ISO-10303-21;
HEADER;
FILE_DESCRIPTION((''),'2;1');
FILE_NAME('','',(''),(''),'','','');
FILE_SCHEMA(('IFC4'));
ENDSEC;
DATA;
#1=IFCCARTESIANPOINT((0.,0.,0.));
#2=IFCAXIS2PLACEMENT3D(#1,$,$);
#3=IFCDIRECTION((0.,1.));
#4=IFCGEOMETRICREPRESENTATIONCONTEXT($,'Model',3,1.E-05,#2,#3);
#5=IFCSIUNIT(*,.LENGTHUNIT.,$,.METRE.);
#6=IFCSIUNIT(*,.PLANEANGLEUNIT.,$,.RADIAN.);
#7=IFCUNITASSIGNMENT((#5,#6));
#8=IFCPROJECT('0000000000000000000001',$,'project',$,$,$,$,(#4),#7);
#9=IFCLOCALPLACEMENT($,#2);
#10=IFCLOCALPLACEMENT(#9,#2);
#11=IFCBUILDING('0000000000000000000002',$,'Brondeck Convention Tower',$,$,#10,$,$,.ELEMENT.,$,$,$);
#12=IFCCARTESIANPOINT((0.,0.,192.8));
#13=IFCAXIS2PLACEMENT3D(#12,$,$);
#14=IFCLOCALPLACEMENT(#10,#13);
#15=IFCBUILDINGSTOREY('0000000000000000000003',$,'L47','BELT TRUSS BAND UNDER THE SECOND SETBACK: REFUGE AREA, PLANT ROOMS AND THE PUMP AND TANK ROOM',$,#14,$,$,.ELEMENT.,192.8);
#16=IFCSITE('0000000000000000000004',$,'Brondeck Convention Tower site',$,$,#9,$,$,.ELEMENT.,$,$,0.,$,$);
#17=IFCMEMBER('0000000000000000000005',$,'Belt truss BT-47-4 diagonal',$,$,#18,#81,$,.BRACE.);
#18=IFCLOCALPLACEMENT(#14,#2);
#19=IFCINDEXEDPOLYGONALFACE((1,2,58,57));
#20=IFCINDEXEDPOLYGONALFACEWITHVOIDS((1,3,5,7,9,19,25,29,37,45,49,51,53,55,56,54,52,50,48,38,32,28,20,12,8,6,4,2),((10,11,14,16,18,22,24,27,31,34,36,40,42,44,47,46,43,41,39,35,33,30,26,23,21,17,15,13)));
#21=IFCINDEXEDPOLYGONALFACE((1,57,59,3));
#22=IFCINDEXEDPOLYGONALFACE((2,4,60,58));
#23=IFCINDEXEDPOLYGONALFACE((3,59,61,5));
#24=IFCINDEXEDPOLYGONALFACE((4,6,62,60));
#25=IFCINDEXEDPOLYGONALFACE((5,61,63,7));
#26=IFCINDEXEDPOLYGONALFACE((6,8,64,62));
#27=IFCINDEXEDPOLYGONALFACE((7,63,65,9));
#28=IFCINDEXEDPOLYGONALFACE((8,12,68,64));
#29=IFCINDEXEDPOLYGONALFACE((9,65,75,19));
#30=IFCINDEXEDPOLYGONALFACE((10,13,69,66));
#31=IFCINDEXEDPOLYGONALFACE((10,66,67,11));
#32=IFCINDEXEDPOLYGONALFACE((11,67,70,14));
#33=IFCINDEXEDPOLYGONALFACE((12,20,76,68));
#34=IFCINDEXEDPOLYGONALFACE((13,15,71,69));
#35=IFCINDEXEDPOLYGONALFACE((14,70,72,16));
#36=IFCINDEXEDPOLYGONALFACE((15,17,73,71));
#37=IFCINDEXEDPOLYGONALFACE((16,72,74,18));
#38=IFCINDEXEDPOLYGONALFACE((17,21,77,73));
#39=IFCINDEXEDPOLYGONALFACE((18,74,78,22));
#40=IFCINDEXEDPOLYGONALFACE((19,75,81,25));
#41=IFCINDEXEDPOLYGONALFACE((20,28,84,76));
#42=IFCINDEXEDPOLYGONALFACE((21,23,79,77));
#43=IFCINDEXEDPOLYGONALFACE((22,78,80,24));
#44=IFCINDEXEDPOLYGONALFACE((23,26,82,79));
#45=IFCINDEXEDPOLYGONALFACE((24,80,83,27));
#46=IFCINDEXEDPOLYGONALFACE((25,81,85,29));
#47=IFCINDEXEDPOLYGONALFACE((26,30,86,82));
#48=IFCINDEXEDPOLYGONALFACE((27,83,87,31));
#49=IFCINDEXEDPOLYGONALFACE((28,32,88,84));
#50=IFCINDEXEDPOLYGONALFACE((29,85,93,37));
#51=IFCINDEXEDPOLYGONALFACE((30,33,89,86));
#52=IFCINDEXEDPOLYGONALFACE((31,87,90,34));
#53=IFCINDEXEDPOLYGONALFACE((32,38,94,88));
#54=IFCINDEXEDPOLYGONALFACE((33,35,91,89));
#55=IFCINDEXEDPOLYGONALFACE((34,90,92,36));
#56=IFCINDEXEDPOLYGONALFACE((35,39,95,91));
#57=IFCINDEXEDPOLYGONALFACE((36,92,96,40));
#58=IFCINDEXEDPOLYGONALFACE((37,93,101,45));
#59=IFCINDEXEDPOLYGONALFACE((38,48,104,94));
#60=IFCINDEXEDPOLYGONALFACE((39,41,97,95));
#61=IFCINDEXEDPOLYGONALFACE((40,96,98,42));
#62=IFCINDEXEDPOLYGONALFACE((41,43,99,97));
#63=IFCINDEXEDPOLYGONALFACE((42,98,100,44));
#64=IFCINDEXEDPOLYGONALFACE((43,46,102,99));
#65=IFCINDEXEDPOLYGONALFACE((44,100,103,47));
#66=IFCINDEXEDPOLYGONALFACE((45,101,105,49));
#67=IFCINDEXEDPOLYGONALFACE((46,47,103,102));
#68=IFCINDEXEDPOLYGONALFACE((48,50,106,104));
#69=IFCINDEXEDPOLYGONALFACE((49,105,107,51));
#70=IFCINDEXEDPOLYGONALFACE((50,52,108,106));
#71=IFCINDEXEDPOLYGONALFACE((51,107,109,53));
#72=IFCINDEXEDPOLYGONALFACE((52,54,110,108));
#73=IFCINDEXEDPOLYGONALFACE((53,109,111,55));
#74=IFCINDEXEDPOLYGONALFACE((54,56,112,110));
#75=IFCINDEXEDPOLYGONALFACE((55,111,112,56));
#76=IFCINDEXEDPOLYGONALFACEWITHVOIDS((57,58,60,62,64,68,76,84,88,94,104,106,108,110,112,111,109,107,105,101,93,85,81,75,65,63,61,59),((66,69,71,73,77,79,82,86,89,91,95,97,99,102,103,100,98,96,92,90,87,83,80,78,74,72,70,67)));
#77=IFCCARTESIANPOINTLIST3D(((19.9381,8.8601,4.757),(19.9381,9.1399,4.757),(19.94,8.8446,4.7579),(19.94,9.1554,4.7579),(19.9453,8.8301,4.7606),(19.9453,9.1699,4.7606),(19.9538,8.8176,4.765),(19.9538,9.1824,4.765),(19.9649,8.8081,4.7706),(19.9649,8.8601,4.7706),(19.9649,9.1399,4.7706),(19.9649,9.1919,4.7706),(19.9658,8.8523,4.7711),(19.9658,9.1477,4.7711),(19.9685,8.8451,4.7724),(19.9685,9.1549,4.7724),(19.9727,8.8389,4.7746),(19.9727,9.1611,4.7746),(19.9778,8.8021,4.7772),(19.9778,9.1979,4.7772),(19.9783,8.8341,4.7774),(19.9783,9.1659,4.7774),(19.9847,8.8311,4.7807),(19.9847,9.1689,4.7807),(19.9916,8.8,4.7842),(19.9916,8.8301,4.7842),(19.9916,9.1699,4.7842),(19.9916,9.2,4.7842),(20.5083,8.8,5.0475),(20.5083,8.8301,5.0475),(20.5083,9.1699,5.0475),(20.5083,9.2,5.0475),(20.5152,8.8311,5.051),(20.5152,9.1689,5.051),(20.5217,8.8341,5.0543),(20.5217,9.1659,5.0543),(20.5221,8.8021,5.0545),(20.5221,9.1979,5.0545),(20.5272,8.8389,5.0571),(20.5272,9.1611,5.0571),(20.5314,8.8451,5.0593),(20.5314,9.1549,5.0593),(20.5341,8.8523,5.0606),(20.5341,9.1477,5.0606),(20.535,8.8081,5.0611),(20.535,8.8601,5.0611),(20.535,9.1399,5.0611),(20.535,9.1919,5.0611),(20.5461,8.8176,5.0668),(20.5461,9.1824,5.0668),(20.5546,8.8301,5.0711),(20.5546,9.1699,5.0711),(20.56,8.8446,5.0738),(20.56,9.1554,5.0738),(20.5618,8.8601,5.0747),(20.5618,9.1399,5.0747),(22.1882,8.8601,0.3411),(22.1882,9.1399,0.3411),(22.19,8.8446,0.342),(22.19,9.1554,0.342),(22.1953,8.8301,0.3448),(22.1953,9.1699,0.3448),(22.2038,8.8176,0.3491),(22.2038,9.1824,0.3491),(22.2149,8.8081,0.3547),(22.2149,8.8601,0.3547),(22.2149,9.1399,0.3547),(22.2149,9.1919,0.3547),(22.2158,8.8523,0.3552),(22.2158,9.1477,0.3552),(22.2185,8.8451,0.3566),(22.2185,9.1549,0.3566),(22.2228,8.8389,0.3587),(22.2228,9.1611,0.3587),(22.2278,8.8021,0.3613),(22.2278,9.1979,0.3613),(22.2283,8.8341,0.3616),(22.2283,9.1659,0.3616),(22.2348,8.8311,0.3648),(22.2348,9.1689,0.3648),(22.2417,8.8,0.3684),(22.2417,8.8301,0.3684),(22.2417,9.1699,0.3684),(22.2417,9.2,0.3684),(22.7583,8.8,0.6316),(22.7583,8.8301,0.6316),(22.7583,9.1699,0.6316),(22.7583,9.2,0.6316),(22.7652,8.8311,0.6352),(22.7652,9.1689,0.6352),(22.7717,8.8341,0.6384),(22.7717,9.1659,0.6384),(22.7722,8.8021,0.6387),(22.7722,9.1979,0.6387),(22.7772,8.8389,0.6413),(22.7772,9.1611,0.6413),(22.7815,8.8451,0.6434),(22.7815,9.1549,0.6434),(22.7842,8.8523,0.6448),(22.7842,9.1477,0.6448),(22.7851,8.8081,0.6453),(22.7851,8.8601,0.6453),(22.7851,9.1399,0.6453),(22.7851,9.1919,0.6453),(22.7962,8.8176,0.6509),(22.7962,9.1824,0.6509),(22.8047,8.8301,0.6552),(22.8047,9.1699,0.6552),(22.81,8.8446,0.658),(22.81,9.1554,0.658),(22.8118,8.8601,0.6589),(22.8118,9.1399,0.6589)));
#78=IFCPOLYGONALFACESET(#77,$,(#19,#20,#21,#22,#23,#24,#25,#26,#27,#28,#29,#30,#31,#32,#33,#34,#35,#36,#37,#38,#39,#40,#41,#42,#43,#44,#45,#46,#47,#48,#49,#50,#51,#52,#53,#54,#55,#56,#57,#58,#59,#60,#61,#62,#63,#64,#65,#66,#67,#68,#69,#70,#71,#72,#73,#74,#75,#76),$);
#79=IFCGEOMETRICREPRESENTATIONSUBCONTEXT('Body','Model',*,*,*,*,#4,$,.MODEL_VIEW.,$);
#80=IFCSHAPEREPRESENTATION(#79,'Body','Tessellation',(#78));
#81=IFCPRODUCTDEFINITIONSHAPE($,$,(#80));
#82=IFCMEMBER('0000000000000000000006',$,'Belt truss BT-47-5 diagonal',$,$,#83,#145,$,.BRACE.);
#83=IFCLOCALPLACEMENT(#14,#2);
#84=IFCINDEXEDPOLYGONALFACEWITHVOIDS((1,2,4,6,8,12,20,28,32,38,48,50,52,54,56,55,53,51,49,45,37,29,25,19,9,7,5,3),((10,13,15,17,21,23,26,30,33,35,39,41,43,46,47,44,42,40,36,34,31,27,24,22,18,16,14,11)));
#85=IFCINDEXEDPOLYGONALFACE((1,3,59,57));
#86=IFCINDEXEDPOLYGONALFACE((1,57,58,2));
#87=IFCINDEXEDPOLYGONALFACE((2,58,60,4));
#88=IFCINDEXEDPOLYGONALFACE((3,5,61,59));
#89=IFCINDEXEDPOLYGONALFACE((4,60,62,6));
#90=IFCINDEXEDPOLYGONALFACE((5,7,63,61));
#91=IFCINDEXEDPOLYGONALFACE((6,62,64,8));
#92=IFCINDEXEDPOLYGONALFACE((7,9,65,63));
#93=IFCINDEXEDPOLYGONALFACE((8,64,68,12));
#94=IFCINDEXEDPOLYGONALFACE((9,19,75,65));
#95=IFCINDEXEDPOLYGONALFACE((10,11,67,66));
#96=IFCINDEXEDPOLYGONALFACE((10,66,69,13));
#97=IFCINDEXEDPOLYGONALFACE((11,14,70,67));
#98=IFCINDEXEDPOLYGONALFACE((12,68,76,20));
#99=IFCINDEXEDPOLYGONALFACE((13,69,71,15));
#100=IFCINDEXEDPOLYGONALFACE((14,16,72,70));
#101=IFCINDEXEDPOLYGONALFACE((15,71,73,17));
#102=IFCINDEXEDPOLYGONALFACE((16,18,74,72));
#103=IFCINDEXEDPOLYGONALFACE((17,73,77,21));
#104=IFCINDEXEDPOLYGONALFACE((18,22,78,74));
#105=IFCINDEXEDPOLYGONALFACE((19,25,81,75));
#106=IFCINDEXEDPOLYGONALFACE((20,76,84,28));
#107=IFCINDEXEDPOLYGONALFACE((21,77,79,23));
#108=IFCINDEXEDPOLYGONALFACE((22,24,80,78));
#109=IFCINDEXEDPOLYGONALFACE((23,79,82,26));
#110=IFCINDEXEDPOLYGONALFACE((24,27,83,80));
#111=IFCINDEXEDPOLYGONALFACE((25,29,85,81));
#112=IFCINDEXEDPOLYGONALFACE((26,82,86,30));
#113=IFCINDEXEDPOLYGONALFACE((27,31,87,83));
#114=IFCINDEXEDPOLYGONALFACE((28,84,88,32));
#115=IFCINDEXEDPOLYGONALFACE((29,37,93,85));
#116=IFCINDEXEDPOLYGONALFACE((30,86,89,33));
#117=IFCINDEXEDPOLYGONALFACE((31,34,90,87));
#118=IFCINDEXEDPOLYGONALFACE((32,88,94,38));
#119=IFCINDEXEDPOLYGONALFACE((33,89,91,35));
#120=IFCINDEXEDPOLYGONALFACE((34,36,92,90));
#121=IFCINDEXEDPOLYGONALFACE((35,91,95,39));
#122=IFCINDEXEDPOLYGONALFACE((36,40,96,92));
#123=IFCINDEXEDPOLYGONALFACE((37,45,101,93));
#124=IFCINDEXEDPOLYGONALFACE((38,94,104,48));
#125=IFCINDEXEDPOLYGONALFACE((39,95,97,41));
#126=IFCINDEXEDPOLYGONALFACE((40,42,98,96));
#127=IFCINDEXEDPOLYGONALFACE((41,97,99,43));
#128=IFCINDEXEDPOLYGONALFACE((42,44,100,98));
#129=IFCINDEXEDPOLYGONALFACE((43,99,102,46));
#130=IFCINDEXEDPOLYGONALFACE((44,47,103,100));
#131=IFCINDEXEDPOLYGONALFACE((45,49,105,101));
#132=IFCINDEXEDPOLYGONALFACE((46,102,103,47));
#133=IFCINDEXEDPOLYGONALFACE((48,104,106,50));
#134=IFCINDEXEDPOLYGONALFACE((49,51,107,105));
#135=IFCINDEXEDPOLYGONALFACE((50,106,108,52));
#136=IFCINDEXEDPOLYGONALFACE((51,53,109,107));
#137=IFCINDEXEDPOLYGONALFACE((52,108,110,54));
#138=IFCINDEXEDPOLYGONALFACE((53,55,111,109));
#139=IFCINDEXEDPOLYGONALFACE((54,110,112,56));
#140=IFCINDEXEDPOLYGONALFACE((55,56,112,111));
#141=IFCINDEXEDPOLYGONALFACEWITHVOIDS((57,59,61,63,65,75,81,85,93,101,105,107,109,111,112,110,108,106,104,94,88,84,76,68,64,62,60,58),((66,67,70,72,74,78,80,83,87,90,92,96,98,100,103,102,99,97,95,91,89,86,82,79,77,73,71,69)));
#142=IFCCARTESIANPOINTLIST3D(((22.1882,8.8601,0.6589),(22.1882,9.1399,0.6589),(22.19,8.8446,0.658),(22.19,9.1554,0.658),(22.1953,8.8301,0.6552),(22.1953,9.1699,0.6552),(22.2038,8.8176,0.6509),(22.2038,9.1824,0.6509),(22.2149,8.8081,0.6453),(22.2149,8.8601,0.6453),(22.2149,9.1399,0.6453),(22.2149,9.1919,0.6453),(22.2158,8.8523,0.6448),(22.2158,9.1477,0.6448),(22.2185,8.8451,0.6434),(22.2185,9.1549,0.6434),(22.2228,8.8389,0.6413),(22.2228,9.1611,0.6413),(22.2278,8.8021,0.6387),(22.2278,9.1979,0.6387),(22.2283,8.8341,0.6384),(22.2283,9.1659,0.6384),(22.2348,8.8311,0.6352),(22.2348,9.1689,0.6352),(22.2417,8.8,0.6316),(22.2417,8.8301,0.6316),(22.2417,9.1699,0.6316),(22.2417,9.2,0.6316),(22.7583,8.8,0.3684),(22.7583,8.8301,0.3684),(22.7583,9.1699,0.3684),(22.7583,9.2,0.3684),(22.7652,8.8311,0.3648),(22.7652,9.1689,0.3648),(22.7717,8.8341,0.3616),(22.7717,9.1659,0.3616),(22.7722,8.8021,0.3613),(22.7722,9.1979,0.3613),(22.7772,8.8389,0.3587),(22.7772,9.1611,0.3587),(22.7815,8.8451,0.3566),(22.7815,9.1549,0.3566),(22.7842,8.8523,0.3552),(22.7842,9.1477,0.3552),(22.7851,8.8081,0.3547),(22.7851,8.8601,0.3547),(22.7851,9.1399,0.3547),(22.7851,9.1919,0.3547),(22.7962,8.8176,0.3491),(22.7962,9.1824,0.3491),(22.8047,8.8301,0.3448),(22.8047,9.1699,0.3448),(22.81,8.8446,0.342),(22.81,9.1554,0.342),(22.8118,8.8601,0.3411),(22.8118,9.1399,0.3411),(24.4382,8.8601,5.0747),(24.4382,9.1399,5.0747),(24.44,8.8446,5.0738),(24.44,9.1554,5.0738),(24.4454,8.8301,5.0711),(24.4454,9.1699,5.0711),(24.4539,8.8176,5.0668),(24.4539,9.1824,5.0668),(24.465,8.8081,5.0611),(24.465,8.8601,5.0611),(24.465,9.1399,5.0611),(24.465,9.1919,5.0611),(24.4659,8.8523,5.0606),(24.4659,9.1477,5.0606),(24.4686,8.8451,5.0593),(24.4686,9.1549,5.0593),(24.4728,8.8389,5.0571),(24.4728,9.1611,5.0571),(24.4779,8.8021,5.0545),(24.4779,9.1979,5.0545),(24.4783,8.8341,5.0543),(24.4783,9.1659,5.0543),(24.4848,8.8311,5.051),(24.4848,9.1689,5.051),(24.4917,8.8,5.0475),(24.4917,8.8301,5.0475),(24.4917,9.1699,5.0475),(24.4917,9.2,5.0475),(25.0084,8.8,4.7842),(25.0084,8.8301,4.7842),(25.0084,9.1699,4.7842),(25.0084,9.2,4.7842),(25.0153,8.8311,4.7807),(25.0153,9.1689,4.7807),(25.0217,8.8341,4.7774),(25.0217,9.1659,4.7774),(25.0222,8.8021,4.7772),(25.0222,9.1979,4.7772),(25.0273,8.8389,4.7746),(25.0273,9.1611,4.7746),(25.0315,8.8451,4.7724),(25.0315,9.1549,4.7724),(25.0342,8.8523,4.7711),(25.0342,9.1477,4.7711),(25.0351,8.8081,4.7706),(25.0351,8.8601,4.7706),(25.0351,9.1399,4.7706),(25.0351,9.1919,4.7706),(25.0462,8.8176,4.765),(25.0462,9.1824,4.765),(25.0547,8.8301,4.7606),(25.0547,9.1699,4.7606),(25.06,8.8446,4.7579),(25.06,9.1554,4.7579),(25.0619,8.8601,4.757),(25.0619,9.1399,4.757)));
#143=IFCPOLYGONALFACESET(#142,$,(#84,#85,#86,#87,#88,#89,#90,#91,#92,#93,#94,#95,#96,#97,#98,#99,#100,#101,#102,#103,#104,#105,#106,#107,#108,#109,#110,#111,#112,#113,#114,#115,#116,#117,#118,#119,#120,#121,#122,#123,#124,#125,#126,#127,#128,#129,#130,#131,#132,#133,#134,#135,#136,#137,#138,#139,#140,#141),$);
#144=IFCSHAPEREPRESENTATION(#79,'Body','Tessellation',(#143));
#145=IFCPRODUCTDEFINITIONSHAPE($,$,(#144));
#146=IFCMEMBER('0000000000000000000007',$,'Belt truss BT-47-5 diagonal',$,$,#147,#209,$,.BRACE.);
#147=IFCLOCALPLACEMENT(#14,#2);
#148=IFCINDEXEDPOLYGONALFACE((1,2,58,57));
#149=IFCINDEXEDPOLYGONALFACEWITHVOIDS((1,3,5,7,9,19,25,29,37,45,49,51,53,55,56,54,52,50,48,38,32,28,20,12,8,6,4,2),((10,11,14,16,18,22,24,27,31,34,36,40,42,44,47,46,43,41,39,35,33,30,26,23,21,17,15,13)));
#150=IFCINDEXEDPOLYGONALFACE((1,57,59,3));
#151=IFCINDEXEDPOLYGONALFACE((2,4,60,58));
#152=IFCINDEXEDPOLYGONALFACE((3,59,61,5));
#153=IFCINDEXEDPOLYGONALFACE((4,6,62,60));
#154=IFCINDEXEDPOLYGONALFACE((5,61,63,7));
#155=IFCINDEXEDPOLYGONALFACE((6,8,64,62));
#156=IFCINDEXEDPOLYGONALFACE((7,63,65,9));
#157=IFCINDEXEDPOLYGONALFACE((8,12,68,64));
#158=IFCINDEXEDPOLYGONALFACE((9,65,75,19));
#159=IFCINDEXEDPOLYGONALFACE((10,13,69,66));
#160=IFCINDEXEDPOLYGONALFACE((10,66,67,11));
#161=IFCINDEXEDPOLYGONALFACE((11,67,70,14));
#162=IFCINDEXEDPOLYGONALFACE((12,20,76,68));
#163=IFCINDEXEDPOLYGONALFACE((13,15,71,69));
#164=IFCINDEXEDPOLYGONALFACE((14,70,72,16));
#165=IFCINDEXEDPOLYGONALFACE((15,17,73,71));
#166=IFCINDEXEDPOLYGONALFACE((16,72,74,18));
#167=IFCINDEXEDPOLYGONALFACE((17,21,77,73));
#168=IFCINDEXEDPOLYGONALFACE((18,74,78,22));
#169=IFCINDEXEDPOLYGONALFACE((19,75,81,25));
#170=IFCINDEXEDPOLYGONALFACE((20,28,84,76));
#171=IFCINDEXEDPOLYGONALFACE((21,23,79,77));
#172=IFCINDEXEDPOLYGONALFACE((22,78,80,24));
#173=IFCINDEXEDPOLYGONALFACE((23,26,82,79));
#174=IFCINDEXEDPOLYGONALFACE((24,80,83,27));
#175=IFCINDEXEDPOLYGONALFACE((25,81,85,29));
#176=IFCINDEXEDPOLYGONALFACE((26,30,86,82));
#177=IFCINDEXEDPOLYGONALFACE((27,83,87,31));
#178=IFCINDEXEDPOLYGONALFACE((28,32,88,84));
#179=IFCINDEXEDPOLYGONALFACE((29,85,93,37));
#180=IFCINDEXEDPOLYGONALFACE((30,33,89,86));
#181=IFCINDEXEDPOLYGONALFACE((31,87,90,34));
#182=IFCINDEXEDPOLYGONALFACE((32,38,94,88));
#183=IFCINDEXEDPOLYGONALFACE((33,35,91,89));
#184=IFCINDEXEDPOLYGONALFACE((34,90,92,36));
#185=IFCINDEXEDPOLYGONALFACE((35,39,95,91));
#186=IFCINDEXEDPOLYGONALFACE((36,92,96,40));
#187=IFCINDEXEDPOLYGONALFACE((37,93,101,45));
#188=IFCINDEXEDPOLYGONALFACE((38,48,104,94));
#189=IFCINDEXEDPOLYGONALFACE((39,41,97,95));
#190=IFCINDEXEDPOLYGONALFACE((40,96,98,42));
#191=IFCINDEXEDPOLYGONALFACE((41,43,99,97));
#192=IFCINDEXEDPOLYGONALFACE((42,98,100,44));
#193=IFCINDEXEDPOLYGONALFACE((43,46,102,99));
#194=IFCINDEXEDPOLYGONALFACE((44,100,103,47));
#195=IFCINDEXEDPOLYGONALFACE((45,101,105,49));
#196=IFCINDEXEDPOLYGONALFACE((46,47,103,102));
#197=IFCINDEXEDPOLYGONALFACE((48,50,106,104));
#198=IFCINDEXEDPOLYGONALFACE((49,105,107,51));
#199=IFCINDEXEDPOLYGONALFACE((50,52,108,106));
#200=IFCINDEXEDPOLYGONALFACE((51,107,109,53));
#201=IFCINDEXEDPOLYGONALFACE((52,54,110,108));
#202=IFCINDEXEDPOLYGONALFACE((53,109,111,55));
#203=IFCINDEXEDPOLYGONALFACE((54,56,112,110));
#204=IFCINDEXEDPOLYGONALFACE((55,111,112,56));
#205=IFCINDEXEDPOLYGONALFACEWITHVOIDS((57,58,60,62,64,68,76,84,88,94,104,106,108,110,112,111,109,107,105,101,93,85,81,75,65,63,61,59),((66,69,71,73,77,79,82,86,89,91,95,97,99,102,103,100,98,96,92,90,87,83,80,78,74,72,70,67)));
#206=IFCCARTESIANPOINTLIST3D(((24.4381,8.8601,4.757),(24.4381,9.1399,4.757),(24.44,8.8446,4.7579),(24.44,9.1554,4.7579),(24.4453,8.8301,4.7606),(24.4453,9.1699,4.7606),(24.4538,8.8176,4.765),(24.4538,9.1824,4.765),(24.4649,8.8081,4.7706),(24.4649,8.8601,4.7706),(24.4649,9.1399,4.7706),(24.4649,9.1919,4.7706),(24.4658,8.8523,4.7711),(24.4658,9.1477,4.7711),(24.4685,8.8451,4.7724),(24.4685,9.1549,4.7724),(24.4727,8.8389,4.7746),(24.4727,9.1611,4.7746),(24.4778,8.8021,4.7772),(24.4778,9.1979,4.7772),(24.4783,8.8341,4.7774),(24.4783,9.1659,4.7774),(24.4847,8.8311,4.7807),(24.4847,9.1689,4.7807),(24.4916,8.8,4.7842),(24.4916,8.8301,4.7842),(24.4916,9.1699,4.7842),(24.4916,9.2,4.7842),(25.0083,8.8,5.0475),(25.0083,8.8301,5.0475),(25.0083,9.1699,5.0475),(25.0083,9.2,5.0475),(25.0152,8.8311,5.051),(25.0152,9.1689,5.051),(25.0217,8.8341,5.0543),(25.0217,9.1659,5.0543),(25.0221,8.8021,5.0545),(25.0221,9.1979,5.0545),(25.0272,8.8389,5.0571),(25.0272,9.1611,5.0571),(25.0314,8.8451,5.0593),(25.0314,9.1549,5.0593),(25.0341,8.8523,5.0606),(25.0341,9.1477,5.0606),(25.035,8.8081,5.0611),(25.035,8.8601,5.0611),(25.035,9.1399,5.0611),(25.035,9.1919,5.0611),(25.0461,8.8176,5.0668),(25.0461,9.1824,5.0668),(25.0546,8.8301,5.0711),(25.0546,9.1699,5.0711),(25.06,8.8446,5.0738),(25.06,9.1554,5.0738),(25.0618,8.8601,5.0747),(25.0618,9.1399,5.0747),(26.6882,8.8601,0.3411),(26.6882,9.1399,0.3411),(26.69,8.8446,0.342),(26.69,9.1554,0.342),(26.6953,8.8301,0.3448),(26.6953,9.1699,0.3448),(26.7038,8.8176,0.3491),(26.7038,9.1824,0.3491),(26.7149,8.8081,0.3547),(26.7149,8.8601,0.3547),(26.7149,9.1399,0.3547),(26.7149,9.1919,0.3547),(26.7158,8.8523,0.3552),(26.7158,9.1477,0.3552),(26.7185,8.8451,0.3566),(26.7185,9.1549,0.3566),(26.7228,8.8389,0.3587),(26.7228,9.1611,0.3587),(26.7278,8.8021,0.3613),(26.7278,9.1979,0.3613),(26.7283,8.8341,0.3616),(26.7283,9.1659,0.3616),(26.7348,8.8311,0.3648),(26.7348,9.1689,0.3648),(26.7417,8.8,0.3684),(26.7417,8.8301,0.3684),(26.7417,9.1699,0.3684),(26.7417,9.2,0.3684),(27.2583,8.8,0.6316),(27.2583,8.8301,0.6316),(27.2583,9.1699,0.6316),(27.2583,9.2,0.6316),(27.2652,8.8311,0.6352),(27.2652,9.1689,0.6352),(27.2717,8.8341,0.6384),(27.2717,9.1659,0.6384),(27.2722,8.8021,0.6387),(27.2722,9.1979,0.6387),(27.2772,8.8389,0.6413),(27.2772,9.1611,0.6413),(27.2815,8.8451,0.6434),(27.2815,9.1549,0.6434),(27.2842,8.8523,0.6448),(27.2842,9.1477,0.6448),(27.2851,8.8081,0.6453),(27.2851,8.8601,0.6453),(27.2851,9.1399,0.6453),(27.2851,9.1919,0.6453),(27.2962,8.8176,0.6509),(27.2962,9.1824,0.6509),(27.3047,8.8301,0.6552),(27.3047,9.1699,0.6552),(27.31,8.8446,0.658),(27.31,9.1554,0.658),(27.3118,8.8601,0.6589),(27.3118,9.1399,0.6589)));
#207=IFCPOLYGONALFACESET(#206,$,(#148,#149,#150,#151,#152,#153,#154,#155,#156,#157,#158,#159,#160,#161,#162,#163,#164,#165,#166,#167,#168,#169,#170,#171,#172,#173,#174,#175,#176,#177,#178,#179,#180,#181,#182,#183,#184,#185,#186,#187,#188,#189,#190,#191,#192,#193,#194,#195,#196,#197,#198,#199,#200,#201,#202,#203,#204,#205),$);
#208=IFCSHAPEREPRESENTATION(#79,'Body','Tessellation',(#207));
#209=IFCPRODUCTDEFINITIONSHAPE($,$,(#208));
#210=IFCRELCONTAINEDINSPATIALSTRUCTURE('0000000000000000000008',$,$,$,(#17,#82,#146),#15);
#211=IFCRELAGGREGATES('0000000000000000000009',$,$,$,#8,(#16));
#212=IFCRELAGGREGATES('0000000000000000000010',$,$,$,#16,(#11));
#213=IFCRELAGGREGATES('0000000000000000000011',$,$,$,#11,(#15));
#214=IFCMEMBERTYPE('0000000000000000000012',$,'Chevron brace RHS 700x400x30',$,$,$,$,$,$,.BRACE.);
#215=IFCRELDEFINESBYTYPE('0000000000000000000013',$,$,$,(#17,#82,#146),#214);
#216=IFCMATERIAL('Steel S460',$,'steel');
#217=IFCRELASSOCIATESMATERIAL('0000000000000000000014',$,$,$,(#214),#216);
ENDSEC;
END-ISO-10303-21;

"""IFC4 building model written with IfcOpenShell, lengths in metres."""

from ifc_helpers import new_model, si_unit, direction, frame, origin, origin_2d, place, context, subcontext, project, spatial, hollow_rectangle, extrude, material, material_profile, profile_set, type_object, element, save


model = new_model("IFC4")

# Units and contexts
model_context = context("Model", 3, precision=1e-05, world=origin(), true_north=direction((0.0, 1.0)))
body_context = subcontext(model_context, "Body", "Model", "MODEL_VIEW")
ifc_project = project(units=[si_unit("LENGTHUNIT", "METRE"), si_unit("PLANEANGLEUNIT", "RADIAN")], contexts=[model_context])

# Site, building, storey
site_placement = place(None, origin())
site = spatial("IfcSite", under=ifc_project, at=site_placement, Name="Brondeck Convention Tower site", CompositionType="ELEMENT", RefElevation=0.0)
building_placement = place(site_placement, origin())
building = spatial("IfcBuilding", under=site, at=building_placement, Name="Brondeck Convention Tower", CompositionType="ELEMENT")
storey_placement = place(building_placement, frame((0.0, 0.0, 192.8)))
storey = spatial("IfcBuildingStorey", under=building, at=storey_placement, Name="L47", Description="BELT TRUSS BAND UNDER THE SECOND SETBACK: REFUGE AREA, PLANT ROOMS AND THE PUMP AND TANK ROOM", CompositionType="ELEMENT", Elevation=192.8)

# Members
ifc_material_1 = material(Name="Steel S460", Category="steel")
ifc_material_profile_1 = material_profile(ifc_material_1, hollow_rectangle(XDim=0.3999, YDim=0.7, WallThickness=0.03, InnerFilletRadius=0.03, OuterFilletRadius=0.0601, at=origin_2d()), Name="RHS 700x400x30")
ifc_profile_set_1 = profile_set([ifc_material_profile_1], Name="Steel S460")
member_type_1 = type_object("IfcMemberType", Name="Chevron brace RHS 700x400x30", PredefinedType="BRACE", material=ifc_profile_set_1)
for number, where, z_axis, x_axis, name in (
    (1, (22.5, 9.0, 0.5), (-0.453999, 0.0, 0.891002), (0.0, -1.0, 0.0), "Belt truss BT-47-4 diagonal"),
    (2, (22.5, 9.0, 0.5), (0.453999, 0.0, 0.891002), (0.0, 1.0, 0.0), "Belt truss BT-47-5 diagonal"),
    (3, (27.0, 9.0, 0.5), (-0.453999, 0.0, 0.891002), (0.0, -1.0, 0.0), "Belt truss BT-47-5 diagonal"),
):
    element("IfcMember", number, at=place(storey_placement, frame(where, z_axis=z_axis, x_axis=x_axis)), inside=storey, type_object=member_type_1, Name=name, PredefinedType="BRACE", context=body_context, shape_type="SweptSolid", body=[
        extrude(hollow_rectangle(XDim=0.3999, YDim=0.7, WallThickness=0.03, InnerFilletRadius=0.03, OuterFilletRadius=0.0601, at=origin_2d()), origin(), (0.0, 0.0, 1.0), 4.9561),
    ])

save(model, "model.ifc")
